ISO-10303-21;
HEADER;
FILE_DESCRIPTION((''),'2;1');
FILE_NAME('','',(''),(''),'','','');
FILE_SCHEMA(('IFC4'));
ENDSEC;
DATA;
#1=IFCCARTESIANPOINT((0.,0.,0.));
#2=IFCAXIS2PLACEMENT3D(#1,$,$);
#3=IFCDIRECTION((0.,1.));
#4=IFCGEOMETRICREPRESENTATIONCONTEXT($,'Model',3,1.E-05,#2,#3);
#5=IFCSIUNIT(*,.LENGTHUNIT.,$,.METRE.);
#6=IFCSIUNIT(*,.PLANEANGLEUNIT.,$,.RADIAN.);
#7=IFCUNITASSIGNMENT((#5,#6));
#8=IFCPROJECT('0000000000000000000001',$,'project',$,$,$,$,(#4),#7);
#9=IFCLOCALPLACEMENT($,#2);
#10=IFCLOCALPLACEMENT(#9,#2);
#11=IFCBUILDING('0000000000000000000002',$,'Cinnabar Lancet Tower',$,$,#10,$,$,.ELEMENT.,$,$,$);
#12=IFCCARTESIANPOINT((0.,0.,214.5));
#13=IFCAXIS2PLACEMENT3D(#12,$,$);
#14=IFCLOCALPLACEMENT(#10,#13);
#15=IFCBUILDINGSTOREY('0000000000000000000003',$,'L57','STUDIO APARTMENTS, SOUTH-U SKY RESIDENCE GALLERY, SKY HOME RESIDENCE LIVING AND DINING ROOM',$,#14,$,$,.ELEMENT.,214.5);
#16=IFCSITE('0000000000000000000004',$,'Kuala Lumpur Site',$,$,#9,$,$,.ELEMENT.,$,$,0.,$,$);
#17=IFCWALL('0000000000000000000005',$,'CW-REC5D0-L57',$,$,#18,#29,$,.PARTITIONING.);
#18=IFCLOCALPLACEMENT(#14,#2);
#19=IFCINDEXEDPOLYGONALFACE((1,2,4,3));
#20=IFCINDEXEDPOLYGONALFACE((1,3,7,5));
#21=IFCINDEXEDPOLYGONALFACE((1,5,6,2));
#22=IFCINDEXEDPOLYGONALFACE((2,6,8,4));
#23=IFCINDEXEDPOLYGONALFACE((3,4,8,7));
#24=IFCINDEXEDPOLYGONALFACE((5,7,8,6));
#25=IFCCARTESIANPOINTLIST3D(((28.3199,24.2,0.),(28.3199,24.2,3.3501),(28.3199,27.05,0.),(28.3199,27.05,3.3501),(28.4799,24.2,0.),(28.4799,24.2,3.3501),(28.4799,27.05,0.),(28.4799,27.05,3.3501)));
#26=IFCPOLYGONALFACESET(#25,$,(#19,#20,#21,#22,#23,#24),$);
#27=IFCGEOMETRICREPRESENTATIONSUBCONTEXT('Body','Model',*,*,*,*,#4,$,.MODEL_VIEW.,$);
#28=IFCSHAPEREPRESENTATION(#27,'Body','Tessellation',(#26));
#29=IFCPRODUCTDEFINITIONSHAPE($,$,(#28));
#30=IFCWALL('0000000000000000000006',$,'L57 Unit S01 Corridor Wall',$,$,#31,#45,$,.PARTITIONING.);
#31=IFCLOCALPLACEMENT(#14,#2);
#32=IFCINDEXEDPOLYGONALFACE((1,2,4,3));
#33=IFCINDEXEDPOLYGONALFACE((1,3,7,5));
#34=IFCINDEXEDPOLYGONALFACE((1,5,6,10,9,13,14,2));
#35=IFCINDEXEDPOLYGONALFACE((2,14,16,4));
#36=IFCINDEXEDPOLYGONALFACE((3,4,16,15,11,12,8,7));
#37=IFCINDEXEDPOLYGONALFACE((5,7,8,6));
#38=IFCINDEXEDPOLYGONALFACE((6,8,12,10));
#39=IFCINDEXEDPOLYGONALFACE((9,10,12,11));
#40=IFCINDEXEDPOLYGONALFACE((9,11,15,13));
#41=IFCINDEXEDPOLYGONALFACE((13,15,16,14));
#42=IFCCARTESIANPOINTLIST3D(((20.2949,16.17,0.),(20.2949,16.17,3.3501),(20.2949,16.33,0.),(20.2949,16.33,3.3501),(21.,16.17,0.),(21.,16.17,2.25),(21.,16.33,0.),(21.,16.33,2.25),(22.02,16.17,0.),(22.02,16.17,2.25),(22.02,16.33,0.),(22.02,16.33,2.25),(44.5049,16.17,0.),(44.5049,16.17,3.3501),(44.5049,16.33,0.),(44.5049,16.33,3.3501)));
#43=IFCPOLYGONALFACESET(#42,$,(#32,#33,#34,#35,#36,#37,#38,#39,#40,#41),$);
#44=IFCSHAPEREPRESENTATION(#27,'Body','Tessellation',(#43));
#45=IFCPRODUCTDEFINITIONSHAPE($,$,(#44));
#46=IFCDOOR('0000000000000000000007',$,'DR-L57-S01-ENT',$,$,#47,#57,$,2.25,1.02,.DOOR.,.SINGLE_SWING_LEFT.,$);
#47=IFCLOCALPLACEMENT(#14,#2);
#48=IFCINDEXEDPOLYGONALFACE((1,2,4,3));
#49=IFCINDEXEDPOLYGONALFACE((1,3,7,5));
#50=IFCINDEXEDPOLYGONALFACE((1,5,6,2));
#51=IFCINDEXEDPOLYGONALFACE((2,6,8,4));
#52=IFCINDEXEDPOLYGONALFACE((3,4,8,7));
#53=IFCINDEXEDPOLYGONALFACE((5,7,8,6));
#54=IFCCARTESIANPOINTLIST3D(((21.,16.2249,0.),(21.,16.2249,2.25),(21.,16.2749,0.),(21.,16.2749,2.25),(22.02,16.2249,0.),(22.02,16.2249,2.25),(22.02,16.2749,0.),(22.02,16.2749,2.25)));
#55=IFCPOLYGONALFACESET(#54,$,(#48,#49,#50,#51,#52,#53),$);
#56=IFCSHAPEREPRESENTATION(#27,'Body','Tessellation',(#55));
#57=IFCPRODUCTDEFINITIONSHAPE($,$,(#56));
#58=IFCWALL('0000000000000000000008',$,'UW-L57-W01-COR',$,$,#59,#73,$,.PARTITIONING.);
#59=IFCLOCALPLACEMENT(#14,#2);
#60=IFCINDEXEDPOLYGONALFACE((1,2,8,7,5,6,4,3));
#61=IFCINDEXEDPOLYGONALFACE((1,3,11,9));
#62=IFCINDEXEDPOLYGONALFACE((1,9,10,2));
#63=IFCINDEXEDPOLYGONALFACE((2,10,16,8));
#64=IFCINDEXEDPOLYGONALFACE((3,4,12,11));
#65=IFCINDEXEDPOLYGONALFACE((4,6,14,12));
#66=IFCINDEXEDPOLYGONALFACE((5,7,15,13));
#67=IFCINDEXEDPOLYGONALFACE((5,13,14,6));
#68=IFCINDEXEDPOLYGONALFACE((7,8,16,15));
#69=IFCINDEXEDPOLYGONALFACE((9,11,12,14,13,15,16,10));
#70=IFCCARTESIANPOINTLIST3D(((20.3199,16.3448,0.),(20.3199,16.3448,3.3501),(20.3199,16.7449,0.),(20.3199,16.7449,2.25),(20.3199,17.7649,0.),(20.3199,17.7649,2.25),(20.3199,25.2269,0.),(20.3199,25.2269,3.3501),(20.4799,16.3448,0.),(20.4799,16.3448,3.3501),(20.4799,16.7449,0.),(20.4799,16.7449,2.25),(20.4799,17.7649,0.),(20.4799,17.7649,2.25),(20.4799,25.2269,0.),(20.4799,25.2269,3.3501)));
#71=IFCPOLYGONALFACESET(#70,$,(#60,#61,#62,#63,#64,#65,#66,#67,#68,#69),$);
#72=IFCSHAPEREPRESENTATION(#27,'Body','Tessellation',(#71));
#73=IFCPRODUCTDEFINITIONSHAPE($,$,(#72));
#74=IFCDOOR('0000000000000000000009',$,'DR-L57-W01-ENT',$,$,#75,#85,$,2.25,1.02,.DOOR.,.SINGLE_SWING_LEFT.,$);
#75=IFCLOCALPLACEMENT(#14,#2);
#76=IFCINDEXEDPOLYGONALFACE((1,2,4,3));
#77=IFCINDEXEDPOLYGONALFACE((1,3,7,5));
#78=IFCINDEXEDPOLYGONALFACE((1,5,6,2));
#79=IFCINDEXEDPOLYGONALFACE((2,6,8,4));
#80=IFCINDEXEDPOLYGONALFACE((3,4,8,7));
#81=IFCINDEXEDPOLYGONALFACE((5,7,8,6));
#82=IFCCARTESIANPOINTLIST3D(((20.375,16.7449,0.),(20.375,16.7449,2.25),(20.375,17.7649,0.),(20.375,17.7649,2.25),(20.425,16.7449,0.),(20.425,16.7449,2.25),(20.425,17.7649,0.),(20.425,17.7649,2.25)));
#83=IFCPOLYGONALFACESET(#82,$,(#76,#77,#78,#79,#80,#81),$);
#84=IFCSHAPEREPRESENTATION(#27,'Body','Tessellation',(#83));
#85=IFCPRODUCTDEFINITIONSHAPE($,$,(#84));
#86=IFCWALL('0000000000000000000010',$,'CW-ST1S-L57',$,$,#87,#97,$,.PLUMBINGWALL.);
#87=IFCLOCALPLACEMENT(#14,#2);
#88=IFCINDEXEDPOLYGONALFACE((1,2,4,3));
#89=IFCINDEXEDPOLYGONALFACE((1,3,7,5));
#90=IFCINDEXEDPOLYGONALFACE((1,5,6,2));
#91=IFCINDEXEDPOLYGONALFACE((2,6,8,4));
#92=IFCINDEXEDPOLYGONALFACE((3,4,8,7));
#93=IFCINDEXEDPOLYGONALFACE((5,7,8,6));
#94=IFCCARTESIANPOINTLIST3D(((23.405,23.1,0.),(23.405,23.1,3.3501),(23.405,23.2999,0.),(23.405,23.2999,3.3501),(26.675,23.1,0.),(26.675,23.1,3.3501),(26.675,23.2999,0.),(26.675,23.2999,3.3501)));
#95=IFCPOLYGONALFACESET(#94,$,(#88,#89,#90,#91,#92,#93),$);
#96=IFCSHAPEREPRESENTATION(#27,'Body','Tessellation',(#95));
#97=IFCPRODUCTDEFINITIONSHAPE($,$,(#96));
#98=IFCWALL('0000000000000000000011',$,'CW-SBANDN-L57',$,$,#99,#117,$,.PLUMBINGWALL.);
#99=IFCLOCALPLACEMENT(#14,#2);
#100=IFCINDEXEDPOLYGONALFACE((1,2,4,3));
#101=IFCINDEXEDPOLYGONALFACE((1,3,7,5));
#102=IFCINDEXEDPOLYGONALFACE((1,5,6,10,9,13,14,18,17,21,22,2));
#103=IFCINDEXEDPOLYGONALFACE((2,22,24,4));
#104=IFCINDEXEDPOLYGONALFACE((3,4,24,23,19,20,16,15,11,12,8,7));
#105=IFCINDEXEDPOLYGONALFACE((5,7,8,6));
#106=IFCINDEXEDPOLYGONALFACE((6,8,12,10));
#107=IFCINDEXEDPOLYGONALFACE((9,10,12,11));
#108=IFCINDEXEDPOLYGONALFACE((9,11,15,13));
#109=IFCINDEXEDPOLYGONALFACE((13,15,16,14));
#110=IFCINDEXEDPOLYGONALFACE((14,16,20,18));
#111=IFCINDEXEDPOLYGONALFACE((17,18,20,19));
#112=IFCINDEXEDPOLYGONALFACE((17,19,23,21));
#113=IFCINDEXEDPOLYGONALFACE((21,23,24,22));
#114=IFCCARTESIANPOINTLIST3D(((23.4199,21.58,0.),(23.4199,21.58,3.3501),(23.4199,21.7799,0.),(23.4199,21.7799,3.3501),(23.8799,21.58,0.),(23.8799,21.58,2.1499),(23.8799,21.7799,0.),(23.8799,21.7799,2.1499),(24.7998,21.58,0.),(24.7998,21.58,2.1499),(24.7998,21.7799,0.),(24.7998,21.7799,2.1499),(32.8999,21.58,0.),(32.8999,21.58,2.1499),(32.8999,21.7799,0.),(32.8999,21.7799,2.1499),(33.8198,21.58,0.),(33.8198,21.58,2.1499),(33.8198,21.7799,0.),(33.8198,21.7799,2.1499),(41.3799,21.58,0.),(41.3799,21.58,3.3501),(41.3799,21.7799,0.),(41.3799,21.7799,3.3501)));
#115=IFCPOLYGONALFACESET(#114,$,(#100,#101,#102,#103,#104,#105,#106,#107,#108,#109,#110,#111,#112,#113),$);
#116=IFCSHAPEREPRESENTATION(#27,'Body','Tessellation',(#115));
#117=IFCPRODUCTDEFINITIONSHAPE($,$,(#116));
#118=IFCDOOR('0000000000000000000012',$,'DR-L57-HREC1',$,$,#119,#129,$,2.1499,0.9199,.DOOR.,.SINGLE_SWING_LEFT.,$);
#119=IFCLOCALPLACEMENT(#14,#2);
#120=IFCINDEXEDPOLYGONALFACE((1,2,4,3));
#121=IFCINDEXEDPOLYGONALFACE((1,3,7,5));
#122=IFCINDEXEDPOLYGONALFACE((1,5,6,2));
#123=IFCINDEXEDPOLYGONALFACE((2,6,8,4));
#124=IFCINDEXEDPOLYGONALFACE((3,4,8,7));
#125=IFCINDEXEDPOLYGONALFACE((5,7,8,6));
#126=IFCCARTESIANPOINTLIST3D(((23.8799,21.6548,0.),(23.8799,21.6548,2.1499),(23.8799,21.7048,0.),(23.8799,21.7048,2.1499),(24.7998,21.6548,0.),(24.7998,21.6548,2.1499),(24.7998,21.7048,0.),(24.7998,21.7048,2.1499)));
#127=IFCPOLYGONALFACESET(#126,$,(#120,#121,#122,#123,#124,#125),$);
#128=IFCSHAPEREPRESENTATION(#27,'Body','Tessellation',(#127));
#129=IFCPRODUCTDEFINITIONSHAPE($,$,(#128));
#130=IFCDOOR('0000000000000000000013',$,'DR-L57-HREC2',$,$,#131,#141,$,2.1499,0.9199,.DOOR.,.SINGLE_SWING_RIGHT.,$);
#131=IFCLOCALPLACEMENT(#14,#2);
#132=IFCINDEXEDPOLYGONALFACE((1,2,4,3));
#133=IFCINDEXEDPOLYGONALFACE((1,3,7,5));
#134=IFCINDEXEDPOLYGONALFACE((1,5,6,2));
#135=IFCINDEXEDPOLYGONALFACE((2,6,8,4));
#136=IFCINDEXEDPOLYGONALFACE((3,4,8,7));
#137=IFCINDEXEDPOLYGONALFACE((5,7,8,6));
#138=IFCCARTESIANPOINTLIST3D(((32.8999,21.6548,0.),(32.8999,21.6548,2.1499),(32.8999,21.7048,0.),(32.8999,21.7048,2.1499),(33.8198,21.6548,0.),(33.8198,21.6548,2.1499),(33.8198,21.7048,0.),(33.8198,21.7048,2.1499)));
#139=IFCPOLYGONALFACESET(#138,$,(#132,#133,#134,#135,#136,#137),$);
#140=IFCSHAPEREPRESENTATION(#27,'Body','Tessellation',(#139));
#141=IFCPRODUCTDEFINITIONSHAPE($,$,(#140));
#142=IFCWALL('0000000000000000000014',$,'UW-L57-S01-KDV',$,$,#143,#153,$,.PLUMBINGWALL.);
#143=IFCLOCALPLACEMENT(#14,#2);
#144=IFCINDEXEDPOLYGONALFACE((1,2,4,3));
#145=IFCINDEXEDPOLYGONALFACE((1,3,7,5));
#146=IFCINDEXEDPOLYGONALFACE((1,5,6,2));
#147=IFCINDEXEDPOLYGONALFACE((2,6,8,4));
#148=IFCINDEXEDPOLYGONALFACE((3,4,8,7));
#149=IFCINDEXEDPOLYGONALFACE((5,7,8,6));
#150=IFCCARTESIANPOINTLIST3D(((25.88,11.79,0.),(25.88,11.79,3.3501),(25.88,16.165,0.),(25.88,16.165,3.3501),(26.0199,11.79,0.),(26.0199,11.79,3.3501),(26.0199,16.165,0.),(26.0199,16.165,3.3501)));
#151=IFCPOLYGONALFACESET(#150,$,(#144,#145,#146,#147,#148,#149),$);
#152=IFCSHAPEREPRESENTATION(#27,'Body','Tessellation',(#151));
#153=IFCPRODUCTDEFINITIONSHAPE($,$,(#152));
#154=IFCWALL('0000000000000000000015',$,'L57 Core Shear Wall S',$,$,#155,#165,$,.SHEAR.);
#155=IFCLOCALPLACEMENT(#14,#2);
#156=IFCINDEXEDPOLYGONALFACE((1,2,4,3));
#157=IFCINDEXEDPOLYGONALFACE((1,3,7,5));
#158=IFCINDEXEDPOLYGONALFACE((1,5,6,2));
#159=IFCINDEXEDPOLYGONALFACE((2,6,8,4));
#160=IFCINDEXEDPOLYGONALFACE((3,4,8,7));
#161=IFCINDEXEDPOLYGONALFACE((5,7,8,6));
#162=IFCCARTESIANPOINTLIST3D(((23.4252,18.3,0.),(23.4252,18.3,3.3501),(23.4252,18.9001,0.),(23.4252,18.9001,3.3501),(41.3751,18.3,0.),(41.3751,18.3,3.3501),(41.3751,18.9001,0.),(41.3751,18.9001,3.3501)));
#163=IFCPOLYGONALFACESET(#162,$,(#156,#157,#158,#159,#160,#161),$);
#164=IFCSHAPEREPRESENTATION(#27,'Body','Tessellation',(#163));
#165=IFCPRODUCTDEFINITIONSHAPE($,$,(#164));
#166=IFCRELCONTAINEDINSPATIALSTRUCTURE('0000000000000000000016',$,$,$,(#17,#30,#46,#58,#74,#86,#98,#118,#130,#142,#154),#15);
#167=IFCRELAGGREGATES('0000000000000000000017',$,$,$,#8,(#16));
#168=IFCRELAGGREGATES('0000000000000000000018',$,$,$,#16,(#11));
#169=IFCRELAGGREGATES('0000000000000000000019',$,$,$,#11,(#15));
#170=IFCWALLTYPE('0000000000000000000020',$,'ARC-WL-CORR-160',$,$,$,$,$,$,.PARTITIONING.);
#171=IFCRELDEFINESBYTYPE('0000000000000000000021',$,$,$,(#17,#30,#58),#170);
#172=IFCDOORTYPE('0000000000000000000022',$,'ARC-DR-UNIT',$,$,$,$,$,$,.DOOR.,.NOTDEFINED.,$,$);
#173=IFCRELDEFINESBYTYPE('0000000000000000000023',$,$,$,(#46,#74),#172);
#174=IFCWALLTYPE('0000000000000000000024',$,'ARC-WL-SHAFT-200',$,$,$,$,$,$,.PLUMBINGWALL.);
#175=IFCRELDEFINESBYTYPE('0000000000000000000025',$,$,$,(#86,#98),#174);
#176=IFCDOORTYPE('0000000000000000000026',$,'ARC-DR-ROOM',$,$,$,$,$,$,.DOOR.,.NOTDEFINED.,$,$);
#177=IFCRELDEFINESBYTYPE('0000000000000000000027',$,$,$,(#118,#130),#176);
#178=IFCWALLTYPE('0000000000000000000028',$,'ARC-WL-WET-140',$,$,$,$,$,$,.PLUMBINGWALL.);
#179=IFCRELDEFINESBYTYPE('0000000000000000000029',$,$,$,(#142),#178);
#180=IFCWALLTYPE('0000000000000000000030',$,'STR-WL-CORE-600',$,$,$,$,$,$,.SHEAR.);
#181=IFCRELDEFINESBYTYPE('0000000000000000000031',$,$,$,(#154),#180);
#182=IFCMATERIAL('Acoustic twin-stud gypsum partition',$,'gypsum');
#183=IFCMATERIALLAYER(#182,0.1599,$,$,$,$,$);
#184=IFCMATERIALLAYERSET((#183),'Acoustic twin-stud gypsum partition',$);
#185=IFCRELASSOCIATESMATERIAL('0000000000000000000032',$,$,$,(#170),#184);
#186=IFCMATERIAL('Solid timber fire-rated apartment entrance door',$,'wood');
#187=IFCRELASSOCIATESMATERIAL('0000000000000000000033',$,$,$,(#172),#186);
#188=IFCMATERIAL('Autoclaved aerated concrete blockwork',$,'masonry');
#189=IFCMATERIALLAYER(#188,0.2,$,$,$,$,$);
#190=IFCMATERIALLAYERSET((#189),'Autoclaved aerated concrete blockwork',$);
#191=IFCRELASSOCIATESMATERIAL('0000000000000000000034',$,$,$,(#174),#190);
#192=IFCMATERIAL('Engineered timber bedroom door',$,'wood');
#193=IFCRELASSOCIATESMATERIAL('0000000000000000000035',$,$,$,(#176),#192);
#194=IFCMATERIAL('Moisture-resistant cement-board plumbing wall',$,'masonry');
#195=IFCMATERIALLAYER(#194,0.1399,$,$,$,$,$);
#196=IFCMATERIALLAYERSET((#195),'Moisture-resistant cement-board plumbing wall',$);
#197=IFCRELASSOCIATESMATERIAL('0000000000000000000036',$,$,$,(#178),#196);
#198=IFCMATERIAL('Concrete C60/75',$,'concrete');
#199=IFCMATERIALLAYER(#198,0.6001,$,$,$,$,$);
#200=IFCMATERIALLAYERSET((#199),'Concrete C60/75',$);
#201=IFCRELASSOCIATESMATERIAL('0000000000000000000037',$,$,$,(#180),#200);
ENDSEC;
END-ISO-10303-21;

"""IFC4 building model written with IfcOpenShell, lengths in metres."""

from ifc_helpers import new_model, si_unit, direction, frame, frame_2d, origin, place, context, subcontext, project, spatial, rectangle, extrude, material, layer, layer_set, type_object, element, fill, save


model = new_model("IFC4")

# Units and contexts
model_context = context("Model", 3, precision=1e-05, world=origin(), true_north=direction((0.0, 1.0)))
body_context = subcontext(model_context, "Body", "Model", "MODEL_VIEW")
ifc_project = project(units=[si_unit("LENGTHUNIT", "METRE"), si_unit("PLANEANGLEUNIT", "RADIAN")], contexts=[model_context])

# Site, building, storey
site_placement = place(None, origin())
site = spatial("IfcSite", under=ifc_project, at=site_placement, Name="Kuala Lumpur Site", CompositionType="ELEMENT", RefElevation=0.0)
building_placement = place(site_placement, origin())
building = spatial("IfcBuilding", under=site, at=building_placement, Name="Cinnabar Lancet Tower", CompositionType="ELEMENT")
storey_placement = place(building_placement, frame((0.0, 0.0, 214.5)))
storey = spatial("IfcBuildingStorey", under=building, at=storey_placement, Name="L57", Description="STUDIO APARTMENTS, SOUTH-U SKY RESIDENCE GALLERY, SKY HOME RESIDENCE LIVING AND DINING ROOM", CompositionType="ELEMENT", Elevation=214.5)

# Shared definitions
ifc_material_1 = material(Name="Acoustic twin-stud gypsum partition", Category="gypsum")
ifc_layer_1 = layer(ifc_material_1, 0.1599)
ifc_layer_set_1 = layer_set([ifc_layer_1], Name="Acoustic twin-stud gypsum partition")
wall_type_1 = type_object("IfcWallType", Name="ARC-WL-CORR-160", PredefinedType="PARTITIONING", material=ifc_layer_set_1)

# Wall
wall_1_placement = place(storey_placement, frame((28.3999, 24.2, 0.0), z_axis=(0.0, 0.0, 1.0), x_axis=(0.0, 1.0, 0.0)))
element("IfcWall", 1, at=wall_1_placement, inside=storey, type_object=wall_type_1, Name="CW-REC5D0-L57", PredefinedType="PARTITIONING", context=body_context, shape_type="SweptSolid", body=[
    extrude(rectangle(XDim=2.8501, YDim=0.1599, at=frame_2d((1.425, 0.0))), origin(), (0.0, 0.0, 1.0), 3.3501),
])

# Walls, openings, doors
wall_2_placement = place(storey_placement, frame((20.2949, 16.25, 0.0), z_axis=(0.0, 0.0, 1.0), x_axis=(1.0, 0.0, 0.0)))
wall_2 = element("IfcWall", 2, at=wall_2_placement, inside=storey, type_object=wall_type_1, Name="L57 Unit S01 Corridor Wall", PredefinedType="PARTITIONING", context=body_context, shape_type="SweptSolid", body=[
    extrude(rectangle(XDim=24.21, YDim=0.1599, at=frame_2d((12.105, 0.0))), origin(), (0.0, 0.0, 1.0), 3.3501),
])
opening_1_placement = place(wall_2_placement, frame((0.7051, 0.0, 0.0)))
opening_1 = element("IfcOpeningElement", 3, at=opening_1_placement, cuts=wall_2, PredefinedType="OPENING", context=body_context, shape_type="SweptSolid", body=[
    extrude(rectangle(XDim=1.02, YDim=2.25, at=frame_2d((0.51, 1.125))), frame((0.0, 0.0898, 0.0), z_axis=(0.0, -1.0, 0.0), x_axis=(1.0, 0.0, 0.0)), (0.0, 0.0, 1.0), 0.1799),
])
ifc_material_2 = material(Name="Solid timber fire-rated apartment entrance door", Category="wood")
door_type_1 = type_object("IfcDoorType", Name="ARC-DR-UNIT", OperationType="NOTDEFINED", PredefinedType="DOOR", material=ifc_material_2)
door_1_placement = place(opening_1_placement, origin())
door_1 = element("IfcDoor", 4, at=door_1_placement, inside=storey, type_object=door_type_1, Name="DR-L57-S01-ENT", OperationType="SINGLE_SWING_LEFT", OverallHeight=2.25, OverallWidth=1.02, PredefinedType="DOOR", context=body_context, shape_type="SweptSolid", body=[
    extrude(rectangle(XDim=1.02, YDim=2.25, at=frame_2d((0.51, 1.125))), frame((0.0, 0.0249, 0.0), z_axis=(0.0, -1.0, 0.0), x_axis=(1.0, 0.0, 0.0)), (0.0, 0.0, 1.0), 0.05),
])
fill(opening_1, door_1)
wall_3_placement = place(storey_placement, frame((20.3999, 16.345, 0.0), z_axis=(0.0, 0.0, 1.0), x_axis=(0.0, 1.0, 0.0)))
wall_3 = element("IfcWall", 5, at=wall_3_placement, inside=storey, type_object=wall_type_1, Name="UW-L57-W01-COR", PredefinedType="PARTITIONING", context=body_context, shape_type="SweptSolid", body=[
    extrude(rectangle(XDim=8.8821, YDim=0.1599, at=frame_2d((4.4409, 0.0))), origin(), (0.0, 0.0, 1.0), 3.3501),
])
opening_2_placement = place(wall_3_placement, frame((0.3999, 0.0, 0.0)))
opening_2 = element("IfcOpeningElement", 6, at=opening_2_placement, cuts=wall_3, PredefinedType="OPENING", context=body_context, shape_type="SweptSolid", body=[
    extrude(rectangle(XDim=1.02, YDim=2.25, at=frame_2d((0.51, 1.125))), frame((0.0, 0.0898, 0.0), z_axis=(0.0, -1.0, 0.0), x_axis=(1.0, 0.0, 0.0)), (0.0, 0.0, 1.0), 0.1799),
])
door_2_placement = place(opening_2_placement, origin())
door_2 = element("IfcDoor", 7, at=door_2_placement, inside=storey, type_object=door_type_1, Name="DR-L57-W01-ENT", OperationType="SINGLE_SWING_LEFT", OverallHeight=2.25, OverallWidth=1.02, PredefinedType="DOOR", context=body_context, shape_type="SweptSolid", body=[
    extrude(rectangle(XDim=1.02, YDim=2.25, at=frame_2d((0.51, 1.125))), frame((0.0, 0.0249, 0.0), z_axis=(0.0, -1.0, 0.0), x_axis=(1.0, 0.0, 0.0)), (0.0, 0.0, 1.0), 0.05),
])
fill(opening_2, door_2)

# Wall
ifc_material_3 = material(Name="Autoclaved aerated concrete blockwork", Category="masonry")
ifc_layer_2 = layer(ifc_material_3, 0.2)
ifc_layer_set_2 = layer_set([ifc_layer_2], Name="Autoclaved aerated concrete blockwork")
wall_type_2 = type_object("IfcWallType", Name="ARC-WL-SHAFT-200", PredefinedType="PLUMBINGWALL", material=ifc_layer_set_2)
wall_4_placement = place(storey_placement, frame((23.405, 23.2, 0.0), z_axis=(0.0, 0.0, 1.0), x_axis=(1.0, 0.0, 0.0)))
element("IfcWall", 8, at=wall_4_placement, inside=storey, type_object=wall_type_2, Name="CW-ST1S-L57", PredefinedType="PLUMBINGWALL", context=body_context, shape_type="SweptSolid", body=[
    extrude(rectangle(XDim=3.27, YDim=0.2, at=frame_2d((1.635, 0.0))), origin(), (0.0, 0.0, 1.0), 3.3501),
])

# Wall, openings, doors
wall_5_placement = place(storey_placement, frame((23.4199, 21.6799, 0.0), z_axis=(0.0, 0.0, 1.0), x_axis=(1.0, 0.0, 0.0)))
wall_5 = element("IfcWall", 9, at=wall_5_placement, inside=storey, type_object=wall_type_2, Name="CW-SBANDN-L57", PredefinedType="PLUMBINGWALL", context=body_context, shape_type="SweptSolid", body=[
    extrude(rectangle(XDim=17.96, YDim=0.2, at=frame_2d((8.98, 0.0))), origin(), (0.0, 0.0, 1.0), 3.3501),
])
opening_3_placement = place(wall_5_placement, frame((0.46, 0.0, 0.0)))
opening_3 = element("IfcOpeningElement", 10, at=opening_3_placement, cuts=wall_5, PredefinedType="OPENING", context=body_context, shape_type="SweptSolid", body=[
    extrude(rectangle(XDim=0.9199, YDim=2.1499, at=frame_2d((0.46, 1.075))), frame((0.0, 0.1099, 0.0), z_axis=(0.0, -1.0, 0.0), x_axis=(1.0, 0.0, 0.0)), (0.0, 0.0, 1.0), 0.22),
])
opening_4_placement = place(wall_5_placement, frame((9.48, 0.0, 0.0)))
opening_4 = element("IfcOpeningElement", 11, at=opening_4_placement, cuts=wall_5, PredefinedType="OPENING", context=body_context, shape_type="SweptSolid", body=[
    extrude(rectangle(XDim=0.9199, YDim=2.1499, at=frame_2d((0.46, 1.075))), frame((0.0, 0.1099, 0.0), z_axis=(0.0, -1.0, 0.0), x_axis=(1.0, 0.0, 0.0)), (0.0, 0.0, 1.0), 0.22),
])
ifc_material_4 = material(Name="Engineered timber bedroom door", Category="wood")
door_type_2 = type_object("IfcDoorType", Name="ARC-DR-ROOM", OperationType="NOTDEFINED", PredefinedType="DOOR", material=ifc_material_4)
door_3_placement = place(opening_3_placement, origin())
door_3 = element("IfcDoor", 12, at=door_3_placement, inside=storey, type_object=door_type_2, Name="DR-L57-HREC1", OperationType="SINGLE_SWING_LEFT", OverallHeight=2.1499, OverallWidth=0.9199, PredefinedType="DOOR", context=body_context, shape_type="SweptSolid", body=[
    extrude(rectangle(XDim=0.9199, YDim=2.1499, at=frame_2d((0.46, 1.075))), frame((0.0, 0.0249, 0.0), z_axis=(0.0, -1.0, 0.0), x_axis=(1.0, 0.0, 0.0)), (0.0, 0.0, 1.0), 0.05),
])
fill(opening_3, door_3)
door_4_placement = place(opening_4_placement, origin())
door_4 = element("IfcDoor", 13, at=door_4_placement, inside=storey, type_object=door_type_2, Name="DR-L57-HREC2", OperationType="SINGLE_SWING_RIGHT", OverallHeight=2.1499, OverallWidth=0.9199, PredefinedType="DOOR", context=body_context, shape_type="SweptSolid", body=[
    extrude(rectangle(XDim=0.9199, YDim=2.1499, at=frame_2d((0.46, 1.075))), frame((0.0, 0.0249, 0.0), z_axis=(0.0, -1.0, 0.0), x_axis=(1.0, 0.0, 0.0)), (0.0, 0.0, 1.0), 0.05),
])
fill(opening_4, door_4)

# Walls
ifc_material_5 = material(Name="Moisture-resistant cement-board plumbing wall", Category="masonry")
ifc_layer_3 = layer(ifc_material_5, 0.1399)
ifc_layer_set_3 = layer_set([ifc_layer_3], Name="Moisture-resistant cement-board plumbing wall")
wall_type_3 = type_object("IfcWallType", Name="ARC-WL-WET-140", PredefinedType="PLUMBINGWALL", material=ifc_layer_set_3)
wall_6_placement = place(storey_placement, frame((25.95, 11.79, 0.0), z_axis=(0.0, 0.0, 1.0), x_axis=(0.0, 1.0, 0.0)))
element("IfcWall", 14, at=wall_6_placement, inside=storey, type_object=wall_type_3, Name="UW-L57-S01-KDV", PredefinedType="PLUMBINGWALL", context=body_context, shape_type="SweptSolid", body=[
    extrude(rectangle(XDim=4.375, YDim=0.1399, at=frame_2d((2.1875, 0.0))), origin(), (0.0, 0.0, 1.0), 3.3501),
])
ifc_material_6 = material(Name="Concrete C60/75", Category="concrete")
ifc_layer_4 = layer(ifc_material_6, 0.6001)
ifc_layer_set_4 = layer_set([ifc_layer_4], Name="Concrete C60/75")
wall_type_4 = type_object("IfcWallType", Name="STR-WL-CORE-600", PredefinedType="SHEAR", material=ifc_layer_set_4)
wall_7_placement = place(storey_placement, frame((23.425, 18.6001, 0.0), z_axis=(0.0, 0.0, 1.0), x_axis=(1.0, 0.0, 0.0)))
element("IfcWall", 15, at=wall_7_placement, inside=storey, type_object=wall_type_4, Name="L57 Core Shear Wall S", PredefinedType="SHEAR", context=body_context, shape_type="SweptSolid", body=[
    extrude(rectangle(XDim=17.95, YDim=0.6001, at=frame_2d((8.9751, 0.0))), origin(), (0.0, 0.0, 1.0), 3.3501),
])

save(model, "model.ifc")
